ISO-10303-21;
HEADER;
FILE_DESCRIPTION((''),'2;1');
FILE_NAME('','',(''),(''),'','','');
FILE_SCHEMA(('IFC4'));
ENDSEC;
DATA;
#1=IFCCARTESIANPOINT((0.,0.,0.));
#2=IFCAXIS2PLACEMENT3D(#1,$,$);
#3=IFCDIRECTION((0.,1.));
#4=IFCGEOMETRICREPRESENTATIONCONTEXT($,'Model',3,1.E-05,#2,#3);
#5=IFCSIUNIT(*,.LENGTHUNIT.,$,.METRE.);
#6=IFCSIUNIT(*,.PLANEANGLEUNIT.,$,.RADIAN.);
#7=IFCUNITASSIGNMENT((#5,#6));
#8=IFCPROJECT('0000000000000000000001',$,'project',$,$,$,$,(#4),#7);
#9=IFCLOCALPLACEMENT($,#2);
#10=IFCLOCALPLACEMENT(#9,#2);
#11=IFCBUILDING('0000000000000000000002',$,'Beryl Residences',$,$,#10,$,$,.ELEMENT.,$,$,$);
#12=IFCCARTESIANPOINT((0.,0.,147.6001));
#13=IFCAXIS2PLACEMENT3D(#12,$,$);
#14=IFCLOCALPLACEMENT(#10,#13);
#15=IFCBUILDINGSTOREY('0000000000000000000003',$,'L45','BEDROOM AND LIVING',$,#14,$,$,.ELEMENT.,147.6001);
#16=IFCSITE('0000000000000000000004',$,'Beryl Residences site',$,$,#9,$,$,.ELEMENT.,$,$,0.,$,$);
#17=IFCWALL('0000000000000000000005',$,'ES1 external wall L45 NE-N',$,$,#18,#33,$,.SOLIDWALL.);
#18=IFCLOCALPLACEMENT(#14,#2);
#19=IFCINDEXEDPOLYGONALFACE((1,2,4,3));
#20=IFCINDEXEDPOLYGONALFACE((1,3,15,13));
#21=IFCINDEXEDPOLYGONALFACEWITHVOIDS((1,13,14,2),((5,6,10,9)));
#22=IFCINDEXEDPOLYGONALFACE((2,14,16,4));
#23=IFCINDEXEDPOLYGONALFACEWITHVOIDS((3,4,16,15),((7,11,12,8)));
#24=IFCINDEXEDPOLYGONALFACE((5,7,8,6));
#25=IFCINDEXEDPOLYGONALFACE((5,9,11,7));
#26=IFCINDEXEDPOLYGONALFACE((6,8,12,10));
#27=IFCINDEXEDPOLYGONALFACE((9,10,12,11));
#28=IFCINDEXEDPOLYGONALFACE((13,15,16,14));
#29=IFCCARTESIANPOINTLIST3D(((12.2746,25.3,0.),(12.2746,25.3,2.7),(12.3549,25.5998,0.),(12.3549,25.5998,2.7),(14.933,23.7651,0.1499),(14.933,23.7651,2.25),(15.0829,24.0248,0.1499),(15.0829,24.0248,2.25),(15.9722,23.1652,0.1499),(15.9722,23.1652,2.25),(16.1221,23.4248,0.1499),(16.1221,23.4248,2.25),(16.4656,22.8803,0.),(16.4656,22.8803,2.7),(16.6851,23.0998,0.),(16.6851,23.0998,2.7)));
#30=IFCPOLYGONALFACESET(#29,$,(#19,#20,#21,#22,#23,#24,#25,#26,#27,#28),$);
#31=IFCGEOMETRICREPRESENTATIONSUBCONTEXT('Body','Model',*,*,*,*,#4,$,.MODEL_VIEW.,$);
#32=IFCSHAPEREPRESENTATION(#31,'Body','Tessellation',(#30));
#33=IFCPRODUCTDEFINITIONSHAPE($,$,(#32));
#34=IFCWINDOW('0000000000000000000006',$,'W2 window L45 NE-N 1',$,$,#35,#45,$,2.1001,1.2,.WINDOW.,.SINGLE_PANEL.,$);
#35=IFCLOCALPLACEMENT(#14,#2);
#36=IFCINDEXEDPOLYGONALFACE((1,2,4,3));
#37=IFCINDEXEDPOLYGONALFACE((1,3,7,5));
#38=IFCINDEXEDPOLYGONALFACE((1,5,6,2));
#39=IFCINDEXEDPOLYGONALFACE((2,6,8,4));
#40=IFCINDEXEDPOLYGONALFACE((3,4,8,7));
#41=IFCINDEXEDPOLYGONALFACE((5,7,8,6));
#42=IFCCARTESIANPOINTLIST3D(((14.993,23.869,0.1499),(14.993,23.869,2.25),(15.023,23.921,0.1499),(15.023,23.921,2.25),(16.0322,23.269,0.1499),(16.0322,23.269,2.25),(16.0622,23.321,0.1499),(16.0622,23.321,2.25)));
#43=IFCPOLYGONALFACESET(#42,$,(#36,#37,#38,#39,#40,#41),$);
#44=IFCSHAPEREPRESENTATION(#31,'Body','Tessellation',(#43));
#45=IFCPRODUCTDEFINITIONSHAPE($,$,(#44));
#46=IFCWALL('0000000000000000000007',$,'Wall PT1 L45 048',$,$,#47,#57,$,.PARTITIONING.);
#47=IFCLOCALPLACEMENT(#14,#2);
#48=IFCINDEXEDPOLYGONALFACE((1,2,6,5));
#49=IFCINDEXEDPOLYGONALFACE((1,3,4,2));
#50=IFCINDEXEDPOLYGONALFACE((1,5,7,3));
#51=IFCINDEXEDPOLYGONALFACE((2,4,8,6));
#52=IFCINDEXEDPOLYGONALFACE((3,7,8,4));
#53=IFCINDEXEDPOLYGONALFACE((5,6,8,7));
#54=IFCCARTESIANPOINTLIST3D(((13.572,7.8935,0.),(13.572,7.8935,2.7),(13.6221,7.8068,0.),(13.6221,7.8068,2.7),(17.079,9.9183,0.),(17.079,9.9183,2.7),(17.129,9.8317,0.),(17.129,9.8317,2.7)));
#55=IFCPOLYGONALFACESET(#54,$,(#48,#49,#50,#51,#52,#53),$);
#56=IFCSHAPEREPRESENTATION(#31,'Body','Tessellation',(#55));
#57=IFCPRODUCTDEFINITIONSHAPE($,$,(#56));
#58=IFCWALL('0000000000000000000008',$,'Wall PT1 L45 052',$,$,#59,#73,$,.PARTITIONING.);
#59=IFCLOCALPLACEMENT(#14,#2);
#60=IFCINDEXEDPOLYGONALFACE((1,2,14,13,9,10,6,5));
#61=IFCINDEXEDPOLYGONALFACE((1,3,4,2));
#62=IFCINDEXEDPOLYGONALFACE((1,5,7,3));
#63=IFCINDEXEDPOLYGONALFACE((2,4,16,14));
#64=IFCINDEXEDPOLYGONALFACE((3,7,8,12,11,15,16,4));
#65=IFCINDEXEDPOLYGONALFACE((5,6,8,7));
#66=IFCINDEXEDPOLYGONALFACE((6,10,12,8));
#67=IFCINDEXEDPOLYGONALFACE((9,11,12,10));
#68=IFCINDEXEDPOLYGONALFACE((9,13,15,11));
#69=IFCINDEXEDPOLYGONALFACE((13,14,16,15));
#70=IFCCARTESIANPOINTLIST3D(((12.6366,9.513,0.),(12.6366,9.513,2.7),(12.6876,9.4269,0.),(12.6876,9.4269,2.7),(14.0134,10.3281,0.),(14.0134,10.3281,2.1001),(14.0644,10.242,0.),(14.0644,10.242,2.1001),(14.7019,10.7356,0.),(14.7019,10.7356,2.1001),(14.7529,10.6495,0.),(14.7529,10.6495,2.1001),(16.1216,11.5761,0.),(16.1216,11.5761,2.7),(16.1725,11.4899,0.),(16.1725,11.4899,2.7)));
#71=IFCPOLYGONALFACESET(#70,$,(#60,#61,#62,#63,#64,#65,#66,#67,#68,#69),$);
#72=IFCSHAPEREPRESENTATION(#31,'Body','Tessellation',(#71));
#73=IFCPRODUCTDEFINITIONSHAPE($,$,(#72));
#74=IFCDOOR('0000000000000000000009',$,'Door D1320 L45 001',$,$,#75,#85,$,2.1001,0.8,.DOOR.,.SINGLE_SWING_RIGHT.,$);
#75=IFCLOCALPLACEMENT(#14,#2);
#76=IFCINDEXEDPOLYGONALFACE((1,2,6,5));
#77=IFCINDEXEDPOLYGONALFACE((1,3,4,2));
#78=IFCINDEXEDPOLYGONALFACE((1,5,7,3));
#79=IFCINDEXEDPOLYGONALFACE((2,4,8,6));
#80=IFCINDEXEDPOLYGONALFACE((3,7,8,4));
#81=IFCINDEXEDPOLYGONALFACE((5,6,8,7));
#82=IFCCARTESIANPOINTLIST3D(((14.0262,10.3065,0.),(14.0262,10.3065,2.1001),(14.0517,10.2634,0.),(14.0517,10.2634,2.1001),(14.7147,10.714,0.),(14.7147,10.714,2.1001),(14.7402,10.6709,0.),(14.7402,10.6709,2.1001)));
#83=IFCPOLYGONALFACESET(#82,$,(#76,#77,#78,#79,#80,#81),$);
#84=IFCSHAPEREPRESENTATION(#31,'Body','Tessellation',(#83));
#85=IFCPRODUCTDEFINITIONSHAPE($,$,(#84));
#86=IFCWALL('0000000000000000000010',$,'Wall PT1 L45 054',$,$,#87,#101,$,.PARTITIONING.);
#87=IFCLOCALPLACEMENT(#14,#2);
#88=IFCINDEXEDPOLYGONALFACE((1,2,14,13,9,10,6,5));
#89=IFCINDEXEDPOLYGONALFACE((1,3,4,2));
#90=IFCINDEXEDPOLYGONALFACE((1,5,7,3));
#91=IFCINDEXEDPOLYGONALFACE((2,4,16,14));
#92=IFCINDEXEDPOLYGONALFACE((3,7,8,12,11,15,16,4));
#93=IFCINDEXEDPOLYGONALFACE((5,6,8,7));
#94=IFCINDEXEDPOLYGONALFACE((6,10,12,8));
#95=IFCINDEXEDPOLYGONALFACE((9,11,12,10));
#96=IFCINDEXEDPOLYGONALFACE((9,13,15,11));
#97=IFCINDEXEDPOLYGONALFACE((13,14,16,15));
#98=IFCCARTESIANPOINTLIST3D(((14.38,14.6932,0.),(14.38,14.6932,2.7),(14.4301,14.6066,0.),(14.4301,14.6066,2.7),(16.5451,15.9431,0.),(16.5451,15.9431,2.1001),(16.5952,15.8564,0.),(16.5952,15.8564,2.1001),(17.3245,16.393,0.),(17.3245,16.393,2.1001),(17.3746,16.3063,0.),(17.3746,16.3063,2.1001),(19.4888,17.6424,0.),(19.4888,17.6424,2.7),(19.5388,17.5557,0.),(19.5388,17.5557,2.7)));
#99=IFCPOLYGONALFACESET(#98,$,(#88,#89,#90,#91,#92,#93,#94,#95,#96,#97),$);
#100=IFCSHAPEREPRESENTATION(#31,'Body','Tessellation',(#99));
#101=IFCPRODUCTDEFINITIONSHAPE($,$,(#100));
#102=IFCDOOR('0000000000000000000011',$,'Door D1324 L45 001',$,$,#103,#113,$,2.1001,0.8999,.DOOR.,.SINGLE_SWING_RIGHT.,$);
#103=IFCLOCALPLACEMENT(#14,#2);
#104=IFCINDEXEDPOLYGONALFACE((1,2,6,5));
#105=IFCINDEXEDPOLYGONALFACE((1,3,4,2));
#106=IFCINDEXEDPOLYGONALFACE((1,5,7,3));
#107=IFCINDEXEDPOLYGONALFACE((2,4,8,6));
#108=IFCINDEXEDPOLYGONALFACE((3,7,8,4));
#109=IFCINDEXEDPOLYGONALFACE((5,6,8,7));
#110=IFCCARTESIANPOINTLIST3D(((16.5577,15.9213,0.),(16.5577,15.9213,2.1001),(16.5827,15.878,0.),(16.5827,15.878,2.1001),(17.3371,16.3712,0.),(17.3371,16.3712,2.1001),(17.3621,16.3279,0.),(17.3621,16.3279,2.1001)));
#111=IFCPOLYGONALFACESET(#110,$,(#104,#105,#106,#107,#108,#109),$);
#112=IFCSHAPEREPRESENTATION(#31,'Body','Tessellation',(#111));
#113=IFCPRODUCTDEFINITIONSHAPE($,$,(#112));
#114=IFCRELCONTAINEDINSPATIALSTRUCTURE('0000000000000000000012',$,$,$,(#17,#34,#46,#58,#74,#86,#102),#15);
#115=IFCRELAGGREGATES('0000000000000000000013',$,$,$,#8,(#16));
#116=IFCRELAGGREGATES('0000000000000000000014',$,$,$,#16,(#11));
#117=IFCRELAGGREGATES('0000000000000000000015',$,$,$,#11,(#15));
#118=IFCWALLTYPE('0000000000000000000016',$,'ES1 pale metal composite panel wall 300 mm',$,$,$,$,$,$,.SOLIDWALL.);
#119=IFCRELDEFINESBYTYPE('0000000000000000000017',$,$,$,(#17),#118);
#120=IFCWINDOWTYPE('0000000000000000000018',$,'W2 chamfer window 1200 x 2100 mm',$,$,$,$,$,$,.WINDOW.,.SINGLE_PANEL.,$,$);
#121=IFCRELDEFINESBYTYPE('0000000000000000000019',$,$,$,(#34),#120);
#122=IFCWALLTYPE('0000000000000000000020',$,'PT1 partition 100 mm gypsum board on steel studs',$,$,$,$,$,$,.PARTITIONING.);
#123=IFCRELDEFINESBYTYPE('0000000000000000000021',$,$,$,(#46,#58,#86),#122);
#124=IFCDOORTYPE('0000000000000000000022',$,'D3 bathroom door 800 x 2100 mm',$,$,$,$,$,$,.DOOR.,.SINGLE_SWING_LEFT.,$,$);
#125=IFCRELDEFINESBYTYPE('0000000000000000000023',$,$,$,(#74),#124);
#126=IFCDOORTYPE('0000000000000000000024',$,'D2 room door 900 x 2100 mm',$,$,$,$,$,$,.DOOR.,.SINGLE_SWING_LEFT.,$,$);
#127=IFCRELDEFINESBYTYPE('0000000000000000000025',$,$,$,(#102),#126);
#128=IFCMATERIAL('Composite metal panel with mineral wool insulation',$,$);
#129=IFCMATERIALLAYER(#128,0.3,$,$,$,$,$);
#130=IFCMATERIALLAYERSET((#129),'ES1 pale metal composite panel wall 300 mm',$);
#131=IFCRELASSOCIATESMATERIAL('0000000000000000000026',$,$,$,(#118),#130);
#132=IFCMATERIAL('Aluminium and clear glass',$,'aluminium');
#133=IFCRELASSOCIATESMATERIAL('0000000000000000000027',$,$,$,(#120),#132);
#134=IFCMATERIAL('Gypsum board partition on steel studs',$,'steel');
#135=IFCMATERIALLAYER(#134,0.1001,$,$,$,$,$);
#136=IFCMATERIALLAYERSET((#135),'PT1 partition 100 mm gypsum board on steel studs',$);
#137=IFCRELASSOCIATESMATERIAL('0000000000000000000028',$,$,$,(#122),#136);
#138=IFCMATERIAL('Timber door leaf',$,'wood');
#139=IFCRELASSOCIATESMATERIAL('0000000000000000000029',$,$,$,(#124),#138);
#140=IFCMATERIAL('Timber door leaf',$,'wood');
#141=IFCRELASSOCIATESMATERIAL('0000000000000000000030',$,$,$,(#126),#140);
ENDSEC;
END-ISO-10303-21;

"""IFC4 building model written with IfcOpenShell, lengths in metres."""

from ifc_helpers import new_model, si_unit, direction, frame, frame_2d, origin, place, context, subcontext, project, spatial, polyline, rectangle, outline, extrude, material, layer, layer_set, type_object, element, fill, save


model = new_model("IFC4")

# Units and contexts
model_context = context("Model", 3, precision=1e-05, world=origin(), true_north=direction((0.0, 1.0)))
body_context = subcontext(model_context, "Body", "Model", "MODEL_VIEW")
ifc_project = project(units=[si_unit("LENGTHUNIT", "METRE"), si_unit("PLANEANGLEUNIT", "RADIAN")], contexts=[model_context])

# Site, building, storey
site_placement = place(None, origin())
site = spatial("IfcSite", under=ifc_project, at=site_placement, Name="Beryl Residences site", CompositionType="ELEMENT", RefElevation=0.0)
building_placement = place(site_placement, origin())
building = spatial("IfcBuilding", under=site, at=building_placement, Name="Beryl Residences", CompositionType="ELEMENT")
storey_placement = place(building_placement, frame((0.0, 0.0, 147.6001)))
storey = spatial("IfcBuildingStorey", under=building, at=storey_placement, Name="L45", Description="BEDROOM AND LIVING", CompositionType="ELEMENT", Elevation=147.6001)

# Shared definitions
ifc_material_1 = material(Name="Composite metal panel with mineral wool insulation")
ifc_layer_1 = layer(ifc_material_1, 0.3)
ifc_layer_set_1 = layer_set([ifc_layer_1], Name="ES1 pale metal composite panel wall 300 mm")
wall_type_1 = type_object("IfcWallType", Name="ES1 pale metal composite panel wall 300 mm", PredefinedType="SOLIDWALL", material=ifc_layer_set_1)

# Wall, opening, window
wall_1_placement = place(storey_placement, frame((16.6101, 22.97, 0.0), z_axis=(0.0, 0.0, 1.0), x_axis=(-0.866023, 0.500004, 0.0)))
wall_1 = element("IfcWall", 1, at=wall_1_placement, inside=storey, type_object=wall_type_1, Name="ES1 external wall L45 NE-N", PredefinedType="SOLIDWALL", context=body_context, shape_type="SweptSolid", body=[
    extrude(outline(polyline([(0.0, -0.1499), (5.0, -0.1499), (4.9197, 0.1499), (0.0803, 0.1499), (0.0, -0.1499)])), origin(), (0.0, 0.0, 1.0), 2.7),
])
opening_1_placement = place(wall_1_placement, frame((0.6499, 0.0, 0.1499)))
opening_1 = element("IfcOpeningElement", 2, at=opening_1_placement, cuts=wall_1, PredefinedType="OPENING", context=body_context, shape_type="SweptSolid", body=[
    extrude(rectangle(XDim=1.2, YDim=2.1001, at=frame_2d((0.6001, 1.05))), frame((0.0, 0.1599, 0.0), z_axis=(0.0, -1.0, 0.0), x_axis=(1.0, 0.0, 0.0)), (0.0, 0.0, 1.0), 0.3201),
])
ifc_material_2 = material(Name="Aluminium and clear glass", Category="aluminium")
window_type_1 = type_object("IfcWindowType", Name="W2 chamfer window 1200 x 2100 mm", PartitioningType="SINGLE_PANEL", PredefinedType="WINDOW", material=ifc_material_2)
window_1_placement = place(opening_1_placement, origin())
window_1 = element("IfcWindow", 3, at=window_1_placement, inside=storey, type_object=window_type_1, Name="W2 window L45 NE-N 1", OverallHeight=2.1001, OverallWidth=1.2, PartitioningType="SINGLE_PANEL", PredefinedType="WINDOW", context=body_context, shape_type="SweptSolid", body=[
    extrude(rectangle(XDim=1.2, YDim=2.1001, at=frame_2d((0.6001, 1.05))), frame((0.0, 0.03, 0.0), z_axis=(0.0, -1.0, 0.0), x_axis=(1.0, 0.0, 0.0)), (0.0, 0.0, 1.0), 0.0601),
])
fill(opening_1, window_1)

# Wall
ifc_material_3 = material(Name="Gypsum board partition on steel studs", Category="steel")
ifc_layer_2 = layer(ifc_material_3, 0.1001)
ifc_layer_set_2 = layer_set([ifc_layer_2], Name="PT1 partition 100 mm gypsum board on steel studs")
wall_type_2 = type_object("IfcWallType", Name="PT1 partition 100 mm gypsum board on steel studs", PredefinedType="PARTITIONING", material=ifc_layer_set_2)
wall_2_placement = place(storey_placement, frame((13.5969, 7.8501, 0.0), z_axis=(0.0, 0.0, 1.0), x_axis=(0.866016, 0.500016, 0.0)))
element("IfcWall", 4, at=wall_2_placement, inside=storey, type_object=wall_type_2, Name="Wall PT1 L45 048", PredefinedType="PARTITIONING", context=body_context, shape_type="SweptSolid", body=[
    extrude(rectangle(XDim=4.0496, YDim=0.1001, at=frame_2d((2.0249, 0.0))), origin(), (0.0, 0.0, 1.0), 2.7),
])

# Walls, openings, doors
wall_3_placement = place(storey_placement, frame((12.6621, 9.47, 0.0), z_axis=(0.0, 0.0, 1.0), x_axis=(0.860521, 0.509416, 0.0)))
wall_3 = element("IfcWall", 5, at=wall_3_placement, inside=storey, type_object=wall_type_2, Name="Wall PT1 L45 052", PredefinedType="PARTITIONING", context=body_context, shape_type="SweptSolid", body=[
    extrude(rectangle(XDim=4.0498, YDim=0.1001, at=frame_2d((2.0249, 0.0))), origin(), (0.0, 0.0, 1.0), 2.7),
])
opening_2_placement = place(wall_3_placement, frame((1.6001, 0.0, 0.0)))
opening_2 = element("IfcOpeningElement", 6, at=opening_2_placement, cuts=wall_3, PredefinedType="OPENING", context=body_context, shape_type="SweptSolid", body=[
    extrude(rectangle(XDim=0.8, YDim=2.1001, at=frame_2d((0.3999, 1.05))), frame((0.0, 0.0601, 0.0), z_axis=(0.0, -1.0, 0.0), x_axis=(1.0, 0.0, 0.0)), (0.0, 0.0, 1.0), 0.1201),
])
ifc_material_4 = material(Name="Timber door leaf", Category="wood")
door_type_1 = type_object("IfcDoorType", Name="D3 bathroom door 800 x 2100 mm", OperationType="SINGLE_SWING_LEFT", PredefinedType="DOOR", material=ifc_material_4)
door_1_placement = place(opening_2_placement, origin())
door_1 = element("IfcDoor", 7, at=door_1_placement, inside=storey, type_object=door_type_1, Name="Door D1320 L45 001", OperationType="SINGLE_SWING_RIGHT", OverallHeight=2.1001, OverallWidth=0.8, PredefinedType="DOOR", context=body_context, shape_type="SweptSolid", body=[
    extrude(rectangle(XDim=0.8, YDim=2.1001, at=frame_2d((0.3999, 1.05))), frame((0.0, 0.0249, 0.0), z_axis=(0.0, -1.0, 0.0), x_axis=(1.0, 0.0, 0.0)), (0.0, 0.0, 1.0), 0.05),
])
fill(opening_2, door_1)
wall_4_placement = place(storey_placement, frame((14.405, 14.6499, 0.0), z_axis=(0.0, 0.0, 1.0), x_axis=(0.866055, 0.499949, 0.0)))
wall_4 = element("IfcWall", 8, at=wall_4_placement, inside=storey, type_object=wall_type_2, Name="Wall PT1 L45 054", PredefinedType="PARTITIONING", context=body_context, shape_type="SweptSolid", body=[
    extrude(rectangle(XDim=5.8989, YDim=0.1001, at=frame_2d((2.9495, 0.0))), origin(), (0.0, 0.0, 1.0), 2.7),
])
opening_3_placement = place(wall_4_placement, frame((2.5, 0.0, 0.0)))
opening_3 = element("IfcOpeningElement", 9, at=opening_3_placement, cuts=wall_4, PredefinedType="OPENING", context=body_context, shape_type="SweptSolid", body=[
    extrude(rectangle(XDim=0.8999, YDim=2.1001, at=frame_2d((0.45, 1.05))), frame((0.0, 0.0601, 0.0), z_axis=(0.0, -1.0, 0.0), x_axis=(1.0, 0.0, 0.0)), (0.0, 0.0, 1.0), 0.1201),
])
ifc_material_5 = material(Name="Timber door leaf", Category="wood")
door_type_2 = type_object("IfcDoorType", Name="D2 room door 900 x 2100 mm", OperationType="SINGLE_SWING_LEFT", PredefinedType="DOOR", material=ifc_material_5)
door_2_placement = place(opening_3_placement, origin())
door_2 = element("IfcDoor", 10, at=door_2_placement, inside=storey, type_object=door_type_2, Name="Door D1324 L45 001", OperationType="SINGLE_SWING_RIGHT", OverallHeight=2.1001, OverallWidth=0.8999, PredefinedType="DOOR", context=body_context, shape_type="SweptSolid", body=[
    extrude(rectangle(XDim=0.8999, YDim=2.1001, at=frame_2d((0.45, 1.05))), frame((0.0, 0.0249, 0.0), z_axis=(0.0, -1.0, 0.0), x_axis=(1.0, 0.0, 0.0)), (0.0, 0.0, 1.0), 0.05),
])
fill(opening_3, door_2)

save(model, "model.ifc")
